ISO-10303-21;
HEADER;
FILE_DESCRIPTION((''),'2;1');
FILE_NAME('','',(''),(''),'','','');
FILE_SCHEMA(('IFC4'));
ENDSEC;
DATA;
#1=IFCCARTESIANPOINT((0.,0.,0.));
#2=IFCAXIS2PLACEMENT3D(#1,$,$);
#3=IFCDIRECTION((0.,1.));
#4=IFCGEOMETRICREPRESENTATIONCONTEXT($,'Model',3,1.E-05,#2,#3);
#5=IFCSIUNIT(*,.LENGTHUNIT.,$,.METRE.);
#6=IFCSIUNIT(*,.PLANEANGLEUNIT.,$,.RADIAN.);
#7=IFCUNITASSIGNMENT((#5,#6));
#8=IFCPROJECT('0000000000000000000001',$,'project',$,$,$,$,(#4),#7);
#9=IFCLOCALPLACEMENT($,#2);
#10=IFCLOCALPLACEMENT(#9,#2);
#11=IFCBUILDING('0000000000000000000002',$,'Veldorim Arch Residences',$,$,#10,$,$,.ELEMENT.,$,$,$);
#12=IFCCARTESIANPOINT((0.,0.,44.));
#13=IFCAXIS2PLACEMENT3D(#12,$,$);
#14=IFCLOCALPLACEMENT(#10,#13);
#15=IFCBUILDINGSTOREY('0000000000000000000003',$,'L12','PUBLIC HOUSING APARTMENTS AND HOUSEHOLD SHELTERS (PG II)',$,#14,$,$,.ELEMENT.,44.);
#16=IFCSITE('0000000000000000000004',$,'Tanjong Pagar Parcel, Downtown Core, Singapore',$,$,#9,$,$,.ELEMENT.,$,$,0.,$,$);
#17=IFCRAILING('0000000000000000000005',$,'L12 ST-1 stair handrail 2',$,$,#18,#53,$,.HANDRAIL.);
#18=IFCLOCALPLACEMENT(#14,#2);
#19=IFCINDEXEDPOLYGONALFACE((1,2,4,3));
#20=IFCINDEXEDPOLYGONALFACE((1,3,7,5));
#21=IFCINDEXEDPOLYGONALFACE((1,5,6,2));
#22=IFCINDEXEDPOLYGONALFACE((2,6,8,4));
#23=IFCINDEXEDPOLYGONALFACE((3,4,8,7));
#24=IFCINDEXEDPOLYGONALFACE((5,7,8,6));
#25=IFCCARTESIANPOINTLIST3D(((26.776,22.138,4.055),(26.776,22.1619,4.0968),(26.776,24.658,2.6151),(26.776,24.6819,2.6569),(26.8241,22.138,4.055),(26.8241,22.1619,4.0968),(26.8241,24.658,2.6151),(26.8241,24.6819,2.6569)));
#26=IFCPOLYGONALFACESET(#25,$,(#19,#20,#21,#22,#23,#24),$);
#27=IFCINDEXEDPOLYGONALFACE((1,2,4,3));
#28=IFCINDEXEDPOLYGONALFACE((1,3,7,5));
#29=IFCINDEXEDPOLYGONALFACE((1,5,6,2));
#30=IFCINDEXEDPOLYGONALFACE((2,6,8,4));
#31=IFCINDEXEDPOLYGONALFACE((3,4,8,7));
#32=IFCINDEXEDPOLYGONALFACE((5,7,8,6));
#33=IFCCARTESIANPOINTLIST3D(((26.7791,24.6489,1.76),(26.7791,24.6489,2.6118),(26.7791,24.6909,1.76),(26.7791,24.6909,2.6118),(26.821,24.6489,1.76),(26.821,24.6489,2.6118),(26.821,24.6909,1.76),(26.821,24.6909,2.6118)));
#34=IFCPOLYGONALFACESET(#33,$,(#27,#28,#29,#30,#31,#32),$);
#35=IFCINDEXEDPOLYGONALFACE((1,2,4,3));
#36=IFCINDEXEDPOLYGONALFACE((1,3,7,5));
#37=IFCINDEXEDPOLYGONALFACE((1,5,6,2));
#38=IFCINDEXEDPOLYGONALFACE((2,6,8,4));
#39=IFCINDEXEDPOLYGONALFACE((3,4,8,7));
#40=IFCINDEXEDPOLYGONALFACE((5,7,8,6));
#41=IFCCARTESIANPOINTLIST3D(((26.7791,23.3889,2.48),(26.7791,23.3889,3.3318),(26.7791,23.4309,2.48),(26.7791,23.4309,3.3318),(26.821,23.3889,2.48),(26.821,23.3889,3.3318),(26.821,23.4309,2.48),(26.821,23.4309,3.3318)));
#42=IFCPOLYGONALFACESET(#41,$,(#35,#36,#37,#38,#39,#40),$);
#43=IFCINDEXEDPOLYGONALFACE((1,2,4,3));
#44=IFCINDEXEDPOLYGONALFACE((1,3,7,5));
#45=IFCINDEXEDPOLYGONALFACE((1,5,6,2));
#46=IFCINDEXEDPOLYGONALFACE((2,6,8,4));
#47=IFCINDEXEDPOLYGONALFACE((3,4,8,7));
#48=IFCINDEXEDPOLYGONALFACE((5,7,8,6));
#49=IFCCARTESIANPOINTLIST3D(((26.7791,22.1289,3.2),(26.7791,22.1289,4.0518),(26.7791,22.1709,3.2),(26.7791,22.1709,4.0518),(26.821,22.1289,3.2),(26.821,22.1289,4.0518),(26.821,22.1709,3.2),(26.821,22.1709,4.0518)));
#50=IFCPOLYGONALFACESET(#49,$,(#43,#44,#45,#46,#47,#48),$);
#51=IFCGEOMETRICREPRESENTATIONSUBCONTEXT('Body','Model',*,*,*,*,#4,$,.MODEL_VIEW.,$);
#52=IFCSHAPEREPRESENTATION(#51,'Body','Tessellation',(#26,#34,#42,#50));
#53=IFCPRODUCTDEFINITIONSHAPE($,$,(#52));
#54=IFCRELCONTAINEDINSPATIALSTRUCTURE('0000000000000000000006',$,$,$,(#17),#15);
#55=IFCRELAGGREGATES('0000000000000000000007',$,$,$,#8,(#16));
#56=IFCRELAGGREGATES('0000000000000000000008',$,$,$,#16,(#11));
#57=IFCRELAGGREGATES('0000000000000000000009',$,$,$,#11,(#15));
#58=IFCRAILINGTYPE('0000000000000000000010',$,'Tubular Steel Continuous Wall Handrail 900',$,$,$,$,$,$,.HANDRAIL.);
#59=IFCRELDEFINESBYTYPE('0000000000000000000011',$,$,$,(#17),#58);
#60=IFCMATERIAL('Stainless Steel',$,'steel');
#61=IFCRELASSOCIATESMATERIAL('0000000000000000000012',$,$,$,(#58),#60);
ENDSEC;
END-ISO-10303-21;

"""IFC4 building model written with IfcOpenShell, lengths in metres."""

from ifc_helpers import new_model, si_unit, direction, frame, origin, origin_2d, place, context, subcontext, project, spatial, rectangle, extrude, material, type_object, element, save


model = new_model("IFC4")

# Units and contexts
model_context = context("Model", 3, precision=1e-05, world=origin(), true_north=direction((0.0, 1.0)))
body_context = subcontext(model_context, "Body", "Model", "MODEL_VIEW")
ifc_project = project(units=[si_unit("LENGTHUNIT", "METRE"), si_unit("PLANEANGLEUNIT", "RADIAN")], contexts=[model_context])

# Site, building, storey
site_placement = place(None, origin())
site = spatial("IfcSite", under=ifc_project, at=site_placement, Name="Tanjong Pagar Parcel, Downtown Core, Singapore", CompositionType="ELEMENT", RefElevation=0.0)
building_placement = place(site_placement, origin())
building = spatial("IfcBuilding", under=site, at=building_placement, Name="Veldorim Arch Residences", CompositionType="ELEMENT")
storey_placement = place(building_placement, frame((0.0, 0.0, 44.0)))
storey = spatial("IfcBuildingStorey", under=building, at=storey_placement, Name="L12", Description="PUBLIC HOUSING APARTMENTS AND HOUSEHOLD SHELTERS (PG II)", CompositionType="ELEMENT", Elevation=44.0)

# Railing
ifc_material_1 = material(Name="Stainless Steel", Category="steel")
railing_type_1 = type_object("IfcRailingType", Name="Tubular Steel Continuous Wall Handrail 900", PredefinedType="HANDRAIL", material=ifc_material_1)
railing_1_placement = place(storey_placement, frame((26.8, 24.6699, 1.76)))
element("IfcRailing", 1, at=railing_1_placement, inside=storey, type_object=railing_type_1, Name="L12 ST-1 stair handrail 2", PredefinedType="HANDRAIL", context=body_context, shape_type="SweptSolid", body=[
    extrude(rectangle(XDim=0.0481, YDim=0.0481, at=origin_2d()), frame((0.0, 0.0, 0.876), z_axis=(0.0, -0.868253, 0.496121), x_axis=(1.0, 0.0, 0.0)), (0.0, 0.0, 1.0), 2.9023),
    extrude(rectangle(XDim=0.042, YDim=0.042, at=origin_2d()), origin(), (0.0, 0.0, 1.0), 0.8518),
    extrude(rectangle(XDim=0.042, YDim=0.042, at=origin_2d()), frame((0.0, -1.26, 0.72)), (0.0, 0.0, 1.0), 0.8518),
    extrude(rectangle(XDim=0.042, YDim=0.042, at=origin_2d()), frame((0.0, -2.52, 1.4399)), (0.0, 0.0, 1.0), 0.8518),
])

save(model, "model.ifc")
